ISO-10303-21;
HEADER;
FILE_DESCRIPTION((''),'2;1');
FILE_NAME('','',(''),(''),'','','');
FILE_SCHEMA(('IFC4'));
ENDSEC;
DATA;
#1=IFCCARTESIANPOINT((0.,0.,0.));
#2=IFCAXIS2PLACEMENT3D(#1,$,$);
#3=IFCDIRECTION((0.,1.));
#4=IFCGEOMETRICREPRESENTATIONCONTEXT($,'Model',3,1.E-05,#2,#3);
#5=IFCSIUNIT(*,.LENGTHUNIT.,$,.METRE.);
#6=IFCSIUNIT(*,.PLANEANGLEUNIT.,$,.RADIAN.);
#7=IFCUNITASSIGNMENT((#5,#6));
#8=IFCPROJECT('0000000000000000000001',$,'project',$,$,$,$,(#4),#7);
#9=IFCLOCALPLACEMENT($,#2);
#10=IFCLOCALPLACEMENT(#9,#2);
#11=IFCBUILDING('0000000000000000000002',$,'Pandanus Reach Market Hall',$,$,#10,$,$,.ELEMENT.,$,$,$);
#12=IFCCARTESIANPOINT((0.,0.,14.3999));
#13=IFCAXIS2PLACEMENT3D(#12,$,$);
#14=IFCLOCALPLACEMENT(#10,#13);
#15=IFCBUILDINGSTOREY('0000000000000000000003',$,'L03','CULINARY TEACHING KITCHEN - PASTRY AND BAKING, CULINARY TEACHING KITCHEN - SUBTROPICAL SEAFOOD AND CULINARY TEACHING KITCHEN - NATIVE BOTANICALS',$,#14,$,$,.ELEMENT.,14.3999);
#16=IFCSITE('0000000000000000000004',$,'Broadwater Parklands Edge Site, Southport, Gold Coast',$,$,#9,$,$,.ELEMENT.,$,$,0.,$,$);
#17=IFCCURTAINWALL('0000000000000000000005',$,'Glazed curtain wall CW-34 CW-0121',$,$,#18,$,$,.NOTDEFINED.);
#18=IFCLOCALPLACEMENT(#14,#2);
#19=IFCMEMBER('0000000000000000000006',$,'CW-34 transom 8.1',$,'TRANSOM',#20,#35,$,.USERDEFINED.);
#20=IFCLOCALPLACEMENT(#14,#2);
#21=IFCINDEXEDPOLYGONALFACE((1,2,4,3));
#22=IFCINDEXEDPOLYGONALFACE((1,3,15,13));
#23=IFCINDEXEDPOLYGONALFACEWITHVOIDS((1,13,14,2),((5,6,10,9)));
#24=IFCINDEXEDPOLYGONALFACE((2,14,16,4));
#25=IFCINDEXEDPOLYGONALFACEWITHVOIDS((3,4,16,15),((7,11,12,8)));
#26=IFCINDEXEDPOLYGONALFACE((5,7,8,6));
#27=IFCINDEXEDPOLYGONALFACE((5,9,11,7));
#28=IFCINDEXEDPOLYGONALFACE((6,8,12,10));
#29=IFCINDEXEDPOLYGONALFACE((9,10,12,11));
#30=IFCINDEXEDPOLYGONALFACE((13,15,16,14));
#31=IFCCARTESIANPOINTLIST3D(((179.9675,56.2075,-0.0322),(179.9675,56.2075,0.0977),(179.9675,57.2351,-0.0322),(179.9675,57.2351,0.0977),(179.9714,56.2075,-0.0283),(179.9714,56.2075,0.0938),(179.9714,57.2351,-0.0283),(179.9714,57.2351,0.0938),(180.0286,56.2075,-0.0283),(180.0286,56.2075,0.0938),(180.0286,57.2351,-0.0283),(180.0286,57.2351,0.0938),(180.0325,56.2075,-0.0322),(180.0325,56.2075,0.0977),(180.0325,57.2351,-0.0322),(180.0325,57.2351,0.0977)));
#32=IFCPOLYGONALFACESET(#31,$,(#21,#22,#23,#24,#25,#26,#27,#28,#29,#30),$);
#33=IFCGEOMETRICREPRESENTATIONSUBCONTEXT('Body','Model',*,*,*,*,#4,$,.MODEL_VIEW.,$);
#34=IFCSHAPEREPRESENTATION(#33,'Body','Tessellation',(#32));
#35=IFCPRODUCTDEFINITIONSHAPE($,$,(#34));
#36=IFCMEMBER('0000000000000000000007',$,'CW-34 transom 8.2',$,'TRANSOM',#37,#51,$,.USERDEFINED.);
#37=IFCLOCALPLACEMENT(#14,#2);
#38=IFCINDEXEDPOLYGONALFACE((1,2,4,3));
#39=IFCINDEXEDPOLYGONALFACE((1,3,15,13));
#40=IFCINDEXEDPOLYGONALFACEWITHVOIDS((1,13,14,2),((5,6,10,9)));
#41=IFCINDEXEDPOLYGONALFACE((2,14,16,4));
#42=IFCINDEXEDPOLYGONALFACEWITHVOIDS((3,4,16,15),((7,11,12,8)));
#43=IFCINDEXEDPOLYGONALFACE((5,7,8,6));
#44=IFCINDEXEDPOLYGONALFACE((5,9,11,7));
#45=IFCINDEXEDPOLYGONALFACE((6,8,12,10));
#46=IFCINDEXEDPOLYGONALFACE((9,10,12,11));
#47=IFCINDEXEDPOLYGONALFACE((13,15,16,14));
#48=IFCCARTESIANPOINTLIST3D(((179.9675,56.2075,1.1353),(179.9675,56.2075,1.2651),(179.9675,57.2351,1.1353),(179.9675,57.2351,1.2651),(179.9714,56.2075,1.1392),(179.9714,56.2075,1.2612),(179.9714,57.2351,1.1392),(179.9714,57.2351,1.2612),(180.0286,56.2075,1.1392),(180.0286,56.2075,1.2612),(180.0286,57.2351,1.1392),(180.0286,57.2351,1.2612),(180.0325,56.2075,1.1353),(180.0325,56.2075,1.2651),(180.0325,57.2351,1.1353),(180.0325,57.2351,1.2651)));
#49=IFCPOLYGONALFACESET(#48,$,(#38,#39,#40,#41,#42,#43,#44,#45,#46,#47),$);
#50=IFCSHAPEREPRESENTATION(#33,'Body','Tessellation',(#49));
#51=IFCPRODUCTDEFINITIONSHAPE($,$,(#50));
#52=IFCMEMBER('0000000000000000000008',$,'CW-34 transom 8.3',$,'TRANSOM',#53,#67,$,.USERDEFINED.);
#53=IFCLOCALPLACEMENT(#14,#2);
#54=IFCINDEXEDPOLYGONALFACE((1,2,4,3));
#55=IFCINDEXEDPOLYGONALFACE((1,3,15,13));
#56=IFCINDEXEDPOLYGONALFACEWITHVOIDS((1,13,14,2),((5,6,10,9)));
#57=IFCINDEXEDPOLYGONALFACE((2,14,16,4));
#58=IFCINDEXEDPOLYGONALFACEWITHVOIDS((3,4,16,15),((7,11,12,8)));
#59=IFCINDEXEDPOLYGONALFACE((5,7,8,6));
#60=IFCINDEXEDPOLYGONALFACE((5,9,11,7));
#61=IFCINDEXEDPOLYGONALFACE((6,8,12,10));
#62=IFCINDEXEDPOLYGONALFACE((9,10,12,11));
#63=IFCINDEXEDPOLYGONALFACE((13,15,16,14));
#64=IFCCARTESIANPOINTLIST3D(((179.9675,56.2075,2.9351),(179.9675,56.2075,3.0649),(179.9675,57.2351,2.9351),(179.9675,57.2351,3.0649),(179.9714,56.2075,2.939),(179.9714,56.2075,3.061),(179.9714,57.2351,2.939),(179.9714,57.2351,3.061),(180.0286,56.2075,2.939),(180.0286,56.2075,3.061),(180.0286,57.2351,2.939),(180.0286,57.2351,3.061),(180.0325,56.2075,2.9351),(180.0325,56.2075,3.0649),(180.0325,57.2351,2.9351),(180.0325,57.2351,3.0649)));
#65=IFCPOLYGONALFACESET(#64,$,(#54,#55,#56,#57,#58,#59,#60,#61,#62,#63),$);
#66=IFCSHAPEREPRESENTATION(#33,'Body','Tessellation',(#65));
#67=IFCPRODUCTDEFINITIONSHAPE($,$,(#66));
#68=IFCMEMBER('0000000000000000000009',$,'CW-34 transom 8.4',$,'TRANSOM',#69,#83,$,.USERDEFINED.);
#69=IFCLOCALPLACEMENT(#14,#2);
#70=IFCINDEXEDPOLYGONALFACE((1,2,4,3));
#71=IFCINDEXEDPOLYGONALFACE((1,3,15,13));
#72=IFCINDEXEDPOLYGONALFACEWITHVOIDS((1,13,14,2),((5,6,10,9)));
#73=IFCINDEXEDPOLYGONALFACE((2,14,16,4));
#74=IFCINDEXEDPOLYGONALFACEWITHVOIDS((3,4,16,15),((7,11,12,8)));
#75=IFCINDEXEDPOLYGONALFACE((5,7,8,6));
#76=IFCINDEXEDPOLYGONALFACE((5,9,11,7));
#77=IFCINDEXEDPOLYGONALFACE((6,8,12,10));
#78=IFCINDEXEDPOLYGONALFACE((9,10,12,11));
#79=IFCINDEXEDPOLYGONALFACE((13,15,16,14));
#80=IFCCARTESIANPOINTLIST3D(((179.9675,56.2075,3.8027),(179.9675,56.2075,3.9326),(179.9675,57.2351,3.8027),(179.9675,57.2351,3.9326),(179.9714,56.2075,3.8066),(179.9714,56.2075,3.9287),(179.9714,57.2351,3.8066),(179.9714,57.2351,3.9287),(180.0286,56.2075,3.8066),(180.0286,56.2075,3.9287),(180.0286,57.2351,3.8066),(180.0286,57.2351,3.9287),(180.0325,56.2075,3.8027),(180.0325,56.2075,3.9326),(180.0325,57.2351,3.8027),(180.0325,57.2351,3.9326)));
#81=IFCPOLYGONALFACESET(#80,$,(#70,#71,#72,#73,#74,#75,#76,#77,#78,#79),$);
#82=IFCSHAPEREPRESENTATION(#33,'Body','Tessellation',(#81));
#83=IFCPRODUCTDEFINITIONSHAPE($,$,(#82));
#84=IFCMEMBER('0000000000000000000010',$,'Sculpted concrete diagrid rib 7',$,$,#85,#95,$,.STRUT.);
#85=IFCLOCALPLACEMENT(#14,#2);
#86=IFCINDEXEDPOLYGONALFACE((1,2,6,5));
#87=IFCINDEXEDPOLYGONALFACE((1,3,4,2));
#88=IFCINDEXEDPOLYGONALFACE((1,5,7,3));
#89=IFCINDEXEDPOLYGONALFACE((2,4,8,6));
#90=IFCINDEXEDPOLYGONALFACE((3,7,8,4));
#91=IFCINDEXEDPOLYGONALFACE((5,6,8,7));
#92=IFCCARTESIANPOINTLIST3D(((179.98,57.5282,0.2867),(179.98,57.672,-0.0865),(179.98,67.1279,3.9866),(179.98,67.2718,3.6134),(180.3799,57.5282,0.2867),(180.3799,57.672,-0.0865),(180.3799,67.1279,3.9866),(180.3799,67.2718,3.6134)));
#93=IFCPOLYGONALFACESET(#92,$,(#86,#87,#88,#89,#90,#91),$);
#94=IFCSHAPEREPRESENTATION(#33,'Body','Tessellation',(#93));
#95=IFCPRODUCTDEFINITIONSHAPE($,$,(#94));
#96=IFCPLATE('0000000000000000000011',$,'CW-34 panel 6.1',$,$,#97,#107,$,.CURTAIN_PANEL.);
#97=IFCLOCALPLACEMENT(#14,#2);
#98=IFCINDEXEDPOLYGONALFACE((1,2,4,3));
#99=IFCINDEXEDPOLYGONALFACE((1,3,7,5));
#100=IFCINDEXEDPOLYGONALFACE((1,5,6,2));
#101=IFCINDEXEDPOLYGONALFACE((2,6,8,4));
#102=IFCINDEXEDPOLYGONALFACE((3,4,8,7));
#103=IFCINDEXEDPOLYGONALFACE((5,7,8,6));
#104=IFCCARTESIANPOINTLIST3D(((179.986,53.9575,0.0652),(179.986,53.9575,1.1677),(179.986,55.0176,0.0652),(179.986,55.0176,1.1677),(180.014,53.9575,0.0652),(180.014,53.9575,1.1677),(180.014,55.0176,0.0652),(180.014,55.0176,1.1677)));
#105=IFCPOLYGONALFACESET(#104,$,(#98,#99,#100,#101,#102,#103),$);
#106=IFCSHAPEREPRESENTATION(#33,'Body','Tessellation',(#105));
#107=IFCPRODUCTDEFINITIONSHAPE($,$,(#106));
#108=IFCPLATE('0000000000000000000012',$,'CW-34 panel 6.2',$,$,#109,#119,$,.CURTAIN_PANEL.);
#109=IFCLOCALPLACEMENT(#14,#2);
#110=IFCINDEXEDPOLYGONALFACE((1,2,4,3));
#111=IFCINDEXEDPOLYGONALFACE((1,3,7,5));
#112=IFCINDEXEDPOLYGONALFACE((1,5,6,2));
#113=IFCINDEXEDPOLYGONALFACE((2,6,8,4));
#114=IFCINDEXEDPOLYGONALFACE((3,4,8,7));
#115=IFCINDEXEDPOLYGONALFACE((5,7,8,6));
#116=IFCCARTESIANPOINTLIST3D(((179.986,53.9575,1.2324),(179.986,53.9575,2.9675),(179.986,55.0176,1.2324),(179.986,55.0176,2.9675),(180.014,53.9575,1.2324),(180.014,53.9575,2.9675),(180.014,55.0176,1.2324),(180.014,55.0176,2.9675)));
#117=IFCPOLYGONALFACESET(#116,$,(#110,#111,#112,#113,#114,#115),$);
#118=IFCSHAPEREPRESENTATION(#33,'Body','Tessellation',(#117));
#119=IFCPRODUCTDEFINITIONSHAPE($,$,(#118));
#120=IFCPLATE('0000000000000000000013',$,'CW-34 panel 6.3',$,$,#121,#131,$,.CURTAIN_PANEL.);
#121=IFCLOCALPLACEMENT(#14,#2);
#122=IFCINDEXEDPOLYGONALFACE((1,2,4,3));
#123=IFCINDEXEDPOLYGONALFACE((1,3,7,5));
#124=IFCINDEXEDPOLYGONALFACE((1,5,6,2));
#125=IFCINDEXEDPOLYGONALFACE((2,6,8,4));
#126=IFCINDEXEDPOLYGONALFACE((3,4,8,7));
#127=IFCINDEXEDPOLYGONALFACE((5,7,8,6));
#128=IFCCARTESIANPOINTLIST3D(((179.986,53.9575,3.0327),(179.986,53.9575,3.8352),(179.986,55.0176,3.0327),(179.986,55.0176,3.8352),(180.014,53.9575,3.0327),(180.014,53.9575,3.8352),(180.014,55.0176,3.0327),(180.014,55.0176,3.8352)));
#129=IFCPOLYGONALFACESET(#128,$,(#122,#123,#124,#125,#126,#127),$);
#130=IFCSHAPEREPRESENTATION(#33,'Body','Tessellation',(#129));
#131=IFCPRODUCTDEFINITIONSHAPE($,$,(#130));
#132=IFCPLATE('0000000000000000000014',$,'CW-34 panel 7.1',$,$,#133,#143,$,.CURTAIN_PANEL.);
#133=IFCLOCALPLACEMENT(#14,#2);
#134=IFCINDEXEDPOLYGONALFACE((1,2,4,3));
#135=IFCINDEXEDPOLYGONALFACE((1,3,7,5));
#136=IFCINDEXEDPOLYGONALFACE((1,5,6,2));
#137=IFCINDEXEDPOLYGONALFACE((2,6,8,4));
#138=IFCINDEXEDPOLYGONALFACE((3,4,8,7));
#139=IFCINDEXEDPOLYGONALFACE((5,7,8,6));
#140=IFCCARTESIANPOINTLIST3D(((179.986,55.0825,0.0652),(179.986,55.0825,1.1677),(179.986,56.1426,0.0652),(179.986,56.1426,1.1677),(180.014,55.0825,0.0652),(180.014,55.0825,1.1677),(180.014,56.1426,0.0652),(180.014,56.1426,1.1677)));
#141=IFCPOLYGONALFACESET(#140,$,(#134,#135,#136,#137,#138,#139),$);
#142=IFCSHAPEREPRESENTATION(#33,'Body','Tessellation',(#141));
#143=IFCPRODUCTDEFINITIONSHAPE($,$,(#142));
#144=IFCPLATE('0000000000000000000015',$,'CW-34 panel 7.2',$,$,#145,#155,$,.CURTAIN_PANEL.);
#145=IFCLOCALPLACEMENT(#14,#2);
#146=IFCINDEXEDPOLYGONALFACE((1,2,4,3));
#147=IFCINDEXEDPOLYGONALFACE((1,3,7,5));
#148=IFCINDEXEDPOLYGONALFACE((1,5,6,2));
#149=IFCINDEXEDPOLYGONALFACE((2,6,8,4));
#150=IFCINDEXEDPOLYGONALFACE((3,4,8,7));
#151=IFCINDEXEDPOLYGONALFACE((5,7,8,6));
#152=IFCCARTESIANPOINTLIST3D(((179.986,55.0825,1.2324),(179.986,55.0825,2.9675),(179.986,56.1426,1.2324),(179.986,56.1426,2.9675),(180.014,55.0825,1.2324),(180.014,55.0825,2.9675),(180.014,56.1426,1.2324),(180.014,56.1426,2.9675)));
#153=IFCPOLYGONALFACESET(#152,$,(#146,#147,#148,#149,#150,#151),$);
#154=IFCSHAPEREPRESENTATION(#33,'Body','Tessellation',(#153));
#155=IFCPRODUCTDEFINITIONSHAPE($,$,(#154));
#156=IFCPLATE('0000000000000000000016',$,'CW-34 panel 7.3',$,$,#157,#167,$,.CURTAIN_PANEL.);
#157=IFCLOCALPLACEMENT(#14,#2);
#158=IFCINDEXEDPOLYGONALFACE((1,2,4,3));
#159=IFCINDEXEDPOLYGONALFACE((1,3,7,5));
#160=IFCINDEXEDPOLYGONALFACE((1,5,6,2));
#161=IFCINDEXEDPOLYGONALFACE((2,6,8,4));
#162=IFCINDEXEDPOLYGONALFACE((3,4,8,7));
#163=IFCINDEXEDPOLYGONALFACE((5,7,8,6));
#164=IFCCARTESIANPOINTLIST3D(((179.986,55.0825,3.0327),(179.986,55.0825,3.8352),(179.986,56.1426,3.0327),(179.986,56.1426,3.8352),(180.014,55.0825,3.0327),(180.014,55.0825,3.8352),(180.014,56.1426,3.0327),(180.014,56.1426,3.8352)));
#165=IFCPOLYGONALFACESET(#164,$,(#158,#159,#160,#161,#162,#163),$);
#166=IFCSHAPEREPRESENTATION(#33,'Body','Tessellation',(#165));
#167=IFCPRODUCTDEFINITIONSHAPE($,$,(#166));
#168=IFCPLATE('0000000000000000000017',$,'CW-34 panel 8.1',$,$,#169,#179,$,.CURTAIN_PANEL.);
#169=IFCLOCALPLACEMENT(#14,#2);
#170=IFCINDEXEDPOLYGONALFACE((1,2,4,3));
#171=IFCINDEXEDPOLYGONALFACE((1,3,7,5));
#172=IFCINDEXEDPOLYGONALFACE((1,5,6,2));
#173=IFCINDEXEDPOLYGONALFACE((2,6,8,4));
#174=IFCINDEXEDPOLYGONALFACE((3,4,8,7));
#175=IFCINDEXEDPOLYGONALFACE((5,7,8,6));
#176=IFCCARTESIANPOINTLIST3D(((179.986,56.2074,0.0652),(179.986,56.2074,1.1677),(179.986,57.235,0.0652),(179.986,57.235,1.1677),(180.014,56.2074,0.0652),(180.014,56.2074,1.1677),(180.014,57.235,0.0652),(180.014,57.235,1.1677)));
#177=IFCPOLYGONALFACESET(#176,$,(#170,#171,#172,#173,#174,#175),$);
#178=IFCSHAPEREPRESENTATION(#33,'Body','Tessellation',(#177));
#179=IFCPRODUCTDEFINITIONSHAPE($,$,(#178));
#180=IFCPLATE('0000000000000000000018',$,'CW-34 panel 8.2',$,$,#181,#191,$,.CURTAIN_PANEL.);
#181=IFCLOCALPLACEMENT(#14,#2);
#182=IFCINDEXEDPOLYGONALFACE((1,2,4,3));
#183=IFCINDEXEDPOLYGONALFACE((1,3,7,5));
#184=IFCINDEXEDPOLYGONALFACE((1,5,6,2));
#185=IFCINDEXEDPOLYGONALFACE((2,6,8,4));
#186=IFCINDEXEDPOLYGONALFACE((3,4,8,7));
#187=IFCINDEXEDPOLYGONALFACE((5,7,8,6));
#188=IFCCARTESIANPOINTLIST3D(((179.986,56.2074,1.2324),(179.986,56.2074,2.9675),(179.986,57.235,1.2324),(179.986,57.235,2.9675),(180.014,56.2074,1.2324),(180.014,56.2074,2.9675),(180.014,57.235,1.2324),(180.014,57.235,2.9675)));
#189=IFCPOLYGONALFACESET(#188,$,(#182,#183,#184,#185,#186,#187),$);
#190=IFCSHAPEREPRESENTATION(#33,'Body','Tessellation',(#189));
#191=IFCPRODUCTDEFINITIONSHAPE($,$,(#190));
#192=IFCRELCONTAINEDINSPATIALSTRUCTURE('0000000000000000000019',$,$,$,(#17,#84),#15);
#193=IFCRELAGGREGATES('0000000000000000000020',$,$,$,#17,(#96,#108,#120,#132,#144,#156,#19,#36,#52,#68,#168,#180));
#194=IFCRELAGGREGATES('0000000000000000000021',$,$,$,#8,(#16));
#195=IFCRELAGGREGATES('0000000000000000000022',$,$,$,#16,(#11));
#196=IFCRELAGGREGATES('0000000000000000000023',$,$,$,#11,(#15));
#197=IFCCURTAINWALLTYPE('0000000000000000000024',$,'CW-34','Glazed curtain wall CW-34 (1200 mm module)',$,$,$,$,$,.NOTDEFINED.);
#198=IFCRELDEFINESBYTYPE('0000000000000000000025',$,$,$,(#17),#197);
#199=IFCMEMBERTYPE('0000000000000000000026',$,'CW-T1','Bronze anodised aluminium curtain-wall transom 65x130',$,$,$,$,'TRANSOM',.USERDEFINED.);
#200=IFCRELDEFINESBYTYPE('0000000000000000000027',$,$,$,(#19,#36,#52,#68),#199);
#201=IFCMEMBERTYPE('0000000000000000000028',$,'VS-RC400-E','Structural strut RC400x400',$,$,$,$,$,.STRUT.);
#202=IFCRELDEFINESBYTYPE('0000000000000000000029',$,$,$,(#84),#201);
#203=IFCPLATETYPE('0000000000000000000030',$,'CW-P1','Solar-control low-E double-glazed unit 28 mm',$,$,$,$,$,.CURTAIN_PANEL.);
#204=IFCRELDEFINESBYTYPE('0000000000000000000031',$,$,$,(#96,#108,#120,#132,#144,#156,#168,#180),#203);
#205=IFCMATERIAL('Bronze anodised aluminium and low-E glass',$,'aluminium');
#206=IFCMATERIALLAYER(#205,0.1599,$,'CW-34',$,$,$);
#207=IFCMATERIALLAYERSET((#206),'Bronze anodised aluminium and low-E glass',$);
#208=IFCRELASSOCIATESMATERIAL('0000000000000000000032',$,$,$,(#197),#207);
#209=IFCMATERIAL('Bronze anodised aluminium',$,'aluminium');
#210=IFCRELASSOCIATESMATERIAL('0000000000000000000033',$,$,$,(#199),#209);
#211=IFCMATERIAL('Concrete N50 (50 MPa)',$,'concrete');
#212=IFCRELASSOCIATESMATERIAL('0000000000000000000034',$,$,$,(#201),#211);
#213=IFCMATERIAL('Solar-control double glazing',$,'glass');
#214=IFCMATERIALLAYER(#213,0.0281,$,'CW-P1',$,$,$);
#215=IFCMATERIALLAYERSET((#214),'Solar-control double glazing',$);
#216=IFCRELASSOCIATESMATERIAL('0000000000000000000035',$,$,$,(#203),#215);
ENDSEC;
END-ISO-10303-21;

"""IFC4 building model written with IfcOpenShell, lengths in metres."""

from ifc_helpers import new_model, si_unit, direction, frame, origin, origin_2d, place, context, subcontext, project, spatial, rectangle, hollow_rectangle, extrude, material, layer, layer_set, material_profile, profile_set, type_object, element, aggregate, save


model = new_model("IFC4")

# Units and contexts
model_context = context("Model", 3, precision=1e-05, world=origin(), true_north=direction((0.0, 1.0)))
body_context = subcontext(model_context, "Body", "Model", "MODEL_VIEW")
ifc_project = project(units=[si_unit("LENGTHUNIT", "METRE"), si_unit("PLANEANGLEUNIT", "RADIAN")], contexts=[model_context])

# Site, building, storey
site_placement = place(None, origin())
site = spatial("IfcSite", under=ifc_project, at=site_placement, Name="Broadwater Parklands Edge Site, Southport, Gold Coast", CompositionType="ELEMENT", RefElevation=0.0)
building_placement = place(site_placement, origin())
building = spatial("IfcBuilding", under=site, at=building_placement, Name="Pandanus Reach Market Hall", CompositionType="ELEMENT")
storey_placement = place(building_placement, frame((0.0, 0.0, 14.3999)))
storey = spatial("IfcBuildingStorey", under=building, at=storey_placement, Name="L03", Description="CULINARY TEACHING KITCHEN - PASTRY AND BAKING, CULINARY TEACHING KITCHEN - SUBTROPICAL SEAFOOD AND CULINARY TEACHING KITCHEN - NATIVE BOTANICALS", CompositionType="ELEMENT", Elevation=14.3999)

# Curtain wall, members
ifc_material_1 = material(Name="Bronze anodised aluminium and low-E glass", Category="aluminium")
ifc_layer_1 = layer(ifc_material_1, 0.1599, Name="CW-34")
ifc_layer_set_1 = layer_set([ifc_layer_1], Name="Bronze anodised aluminium and low-E glass")
curtain_wall_type = type_object("IfcCurtainWallType", Name="CW-34", Description="Glazed curtain wall CW-34 (1200 mm module)", PredefinedType="NOTDEFINED", material=ifc_layer_set_1)
curtain_wall_placement = place(storey_placement, origin())
curtain_wall = element("IfcCurtainWall", 1, at=curtain_wall_placement, inside=storey, type_object=curtain_wall_type, Name="Glazed curtain wall CW-34 CW-0121", PredefinedType="NOTDEFINED")
ifc_material_2 = material(Name="Bronze anodised aluminium", Category="aluminium")
ifc_material_profile_1 = material_profile(ifc_material_2, hollow_rectangle(XDim=0.0649, YDim=0.1299, WallThickness=0.0039, at=origin_2d()), Name="ALU65x130", Category="LoadBearing")
ifc_profile_set_1 = profile_set([ifc_material_profile_1], Name="Bronze anodised aluminium")
member_type_1 = type_object("IfcMemberType", Name="CW-T1", Description="Bronze anodised aluminium curtain-wall transom 65x130", ElementType="TRANSOM", PredefinedType="USERDEFINED", material=ifc_profile_set_1)
member_1_placement = place(storey_placement, frame((180.0, 56.2075, 0.0327), z_axis=(0.0, 1.0, 0.0), x_axis=(-1.0, 0.0, 0.0)))
member_1 = element("IfcMember", 2, at=member_1_placement, type_object=member_type_1, Name="CW-34 transom 8.1", ObjectType="TRANSOM", PredefinedType="USERDEFINED", context=body_context, shape_type="SweptSolid", body=[
    extrude(hollow_rectangle(XDim=0.0649, YDim=0.1299, WallThickness=0.0039, at=origin_2d()), origin(), (0.0, 0.0, 1.0), 1.0276),
])
member_2_placement = place(storey_placement, frame((180.0, 56.2075, 1.2002), z_axis=(0.0, 1.0, 0.0), x_axis=(-1.0, 0.0, 0.0)))
member_2 = element("IfcMember", 3, at=member_2_placement, type_object=member_type_1, Name="CW-34 transom 8.2", ObjectType="TRANSOM", PredefinedType="USERDEFINED", context=body_context, shape_type="SweptSolid", body=[
    extrude(hollow_rectangle(XDim=0.0649, YDim=0.1299, WallThickness=0.0039, at=origin_2d()), origin(), (0.0, 0.0, 1.0), 1.0276),
])
member_3_placement = place(storey_placement, frame((180.0, 56.2075, 3.0), z_axis=(0.0, 1.0, 0.0), x_axis=(-1.0, 0.0, 0.0)))
member_3 = element("IfcMember", 4, at=member_3_placement, type_object=member_type_1, Name="CW-34 transom 8.3", ObjectType="TRANSOM", PredefinedType="USERDEFINED", context=body_context, shape_type="SweptSolid", body=[
    extrude(hollow_rectangle(XDim=0.0649, YDim=0.1299, WallThickness=0.0039, at=origin_2d()), origin(), (0.0, 0.0, 1.0), 1.0276),
])
member_4_placement = place(storey_placement, frame((180.0, 56.2075, 3.8677), z_axis=(0.0, 1.0, 0.0), x_axis=(-1.0, 0.0, 0.0)))
member_4 = element("IfcMember", 5, at=member_4_placement, type_object=member_type_1, Name="CW-34 transom 8.4", ObjectType="TRANSOM", PredefinedType="USERDEFINED", context=body_context, shape_type="SweptSolid", body=[
    extrude(hollow_rectangle(XDim=0.0649, YDim=0.1299, WallThickness=0.0039, at=origin_2d()), origin(), (0.0, 0.0, 1.0), 1.0276),
])

# Member
ifc_material_3 = material(Name="Concrete N50 (50 MPa)", Category="concrete")
ifc_material_profile_2 = material_profile(ifc_material_3, rectangle(XDim=0.3999, YDim=0.3999, at=origin_2d()), Name="RC400x400", Category="LoadBearing")
ifc_profile_set_2 = profile_set([ifc_material_profile_2], Name="Concrete N50 (50 MPa)")
member_type_2 = type_object("IfcMemberType", Name="VS-RC400-E", Description="Structural strut RC400x400", PredefinedType="STRUT", material=ifc_profile_set_2)
member_5_placement = place(storey_placement, frame((180.1799, 57.6001, 0.1001), z_axis=(0.0, 0.933095, 0.359631), x_axis=(-1.0, 0.0, 0.0)))
element("IfcMember", 6, at=member_5_placement, inside=storey, type_object=member_type_2, Name="Sculpted concrete diagrid rib 7", PredefinedType="STRUT", context=body_context, shape_type="SweptSolid", body=[
    extrude(rectangle(XDim=0.3999, YDim=0.3999, at=origin_2d()), origin(), (0.0, 0.0, 1.0), 10.2881),
])

# Plates
ifc_material_4 = material(Name="Solar-control double glazing", Category="glass")
ifc_layer_2 = layer(ifc_material_4, 0.0281, Name="CW-P1")
ifc_layer_set_2 = layer_set([ifc_layer_2], Name="Solar-control double glazing")
plate_type_1 = type_object("IfcPlateType", Name="CW-P1", Description="Solar-control low-E double-glazed unit 28 mm", PredefinedType="CURTAIN_PANEL", material=ifc_layer_set_2)
plate_1_placement = place(storey_placement, frame((180.0, 54.4875, 0.0652), z_axis=(0.0, 0.0, 1.0), x_axis=(0.0, 1.0, 0.0)))
plate_1 = element("IfcPlate", 7, at=plate_1_placement, type_object=plate_type_1, Name="CW-34 panel 6.1", PredefinedType="CURTAIN_PANEL", context=body_context, shape_type="SweptSolid", body=[
    extrude(rectangle(XDim=1.0601, YDim=0.0281, at=origin_2d()), origin(), (0.0, 0.0, 1.0), 1.1025),
])
plate_2_placement = place(storey_placement, frame((180.0, 54.4875, 1.2324), z_axis=(0.0, 0.0, 1.0), x_axis=(0.0, 1.0, 0.0)))
plate_2 = element("IfcPlate", 8, at=plate_2_placement, type_object=plate_type_1, Name="CW-34 panel 6.2", PredefinedType="CURTAIN_PANEL", context=body_context, shape_type="SweptSolid", body=[
    extrude(rectangle(XDim=1.0601, YDim=0.0281, at=origin_2d()), origin(), (0.0, 0.0, 1.0), 1.7351),
])
plate_3_placement = place(storey_placement, frame((180.0, 54.4875, 3.0327), z_axis=(0.0, 0.0, 1.0), x_axis=(0.0, 1.0, 0.0)))
plate_3 = element("IfcPlate", 9, at=plate_3_placement, type_object=plate_type_1, Name="CW-34 panel 6.3", PredefinedType="CURTAIN_PANEL", context=body_context, shape_type="SweptSolid", body=[
    extrude(rectangle(XDim=1.0601, YDim=0.0281, at=origin_2d()), origin(), (0.0, 0.0, 1.0), 0.8025),
])
plate_4_placement = place(storey_placement, frame((180.0, 55.6125, 0.0652), z_axis=(0.0, 0.0, 1.0), x_axis=(0.0, 1.0, 0.0)))
plate_4 = element("IfcPlate", 10, at=plate_4_placement, type_object=plate_type_1, Name="CW-34 panel 7.1", PredefinedType="CURTAIN_PANEL", context=body_context, shape_type="SweptSolid", body=[
    extrude(rectangle(XDim=1.0601, YDim=0.0281, at=origin_2d()), origin(), (0.0, 0.0, 1.0), 1.1025),
])
plate_5_placement = place(storey_placement, frame((180.0, 55.6125, 1.2324), z_axis=(0.0, 0.0, 1.0), x_axis=(0.0, 1.0, 0.0)))
plate_5 = element("IfcPlate", 11, at=plate_5_placement, type_object=plate_type_1, Name="CW-34 panel 7.2", PredefinedType="CURTAIN_PANEL", context=body_context, shape_type="SweptSolid", body=[
    extrude(rectangle(XDim=1.0601, YDim=0.0281, at=origin_2d()), origin(), (0.0, 0.0, 1.0), 1.7351),
])
plate_6_placement = place(storey_placement, frame((180.0, 55.6125, 3.0327), z_axis=(0.0, 0.0, 1.0), x_axis=(0.0, 1.0, 0.0)))
plate_6 = element("IfcPlate", 12, at=plate_6_placement, type_object=plate_type_1, Name="CW-34 panel 7.3", PredefinedType="CURTAIN_PANEL", context=body_context, shape_type="SweptSolid", body=[
    extrude(rectangle(XDim=1.0601, YDim=0.0281, at=origin_2d()), origin(), (0.0, 0.0, 1.0), 0.8025),
])
plate_7_placement = place(storey_placement, frame((180.0, 56.7212, 0.0652), z_axis=(0.0, 0.0, 1.0), x_axis=(0.0, 1.0, 0.0)))
plate_7 = element("IfcPlate", 13, at=plate_7_placement, type_object=plate_type_1, Name="CW-34 panel 8.1", PredefinedType="CURTAIN_PANEL", context=body_context, shape_type="SweptSolid", body=[
    extrude(rectangle(XDim=1.0276, YDim=0.0281, at=origin_2d()), origin(), (0.0, 0.0, 1.0), 1.1025),
])
plate_8_placement = place(storey_placement, frame((180.0, 56.7212, 1.2324), z_axis=(0.0, 0.0, 1.0), x_axis=(0.0, 1.0, 0.0)))
plate_8 = element("IfcPlate", 14, at=plate_8_placement, type_object=plate_type_1, Name="CW-34 panel 8.2", PredefinedType="CURTAIN_PANEL", context=body_context, shape_type="SweptSolid", body=[
    extrude(rectangle(XDim=1.0276, YDim=0.0281, at=origin_2d()), origin(), (0.0, 0.0, 1.0), 1.7351),
])
aggregate(curtain_wall, [plate_1, plate_2, plate_3, plate_4, plate_5, plate_6, member_1, member_2, member_3, member_4, plate_7, plate_8])

save(model, "model.ifc")
